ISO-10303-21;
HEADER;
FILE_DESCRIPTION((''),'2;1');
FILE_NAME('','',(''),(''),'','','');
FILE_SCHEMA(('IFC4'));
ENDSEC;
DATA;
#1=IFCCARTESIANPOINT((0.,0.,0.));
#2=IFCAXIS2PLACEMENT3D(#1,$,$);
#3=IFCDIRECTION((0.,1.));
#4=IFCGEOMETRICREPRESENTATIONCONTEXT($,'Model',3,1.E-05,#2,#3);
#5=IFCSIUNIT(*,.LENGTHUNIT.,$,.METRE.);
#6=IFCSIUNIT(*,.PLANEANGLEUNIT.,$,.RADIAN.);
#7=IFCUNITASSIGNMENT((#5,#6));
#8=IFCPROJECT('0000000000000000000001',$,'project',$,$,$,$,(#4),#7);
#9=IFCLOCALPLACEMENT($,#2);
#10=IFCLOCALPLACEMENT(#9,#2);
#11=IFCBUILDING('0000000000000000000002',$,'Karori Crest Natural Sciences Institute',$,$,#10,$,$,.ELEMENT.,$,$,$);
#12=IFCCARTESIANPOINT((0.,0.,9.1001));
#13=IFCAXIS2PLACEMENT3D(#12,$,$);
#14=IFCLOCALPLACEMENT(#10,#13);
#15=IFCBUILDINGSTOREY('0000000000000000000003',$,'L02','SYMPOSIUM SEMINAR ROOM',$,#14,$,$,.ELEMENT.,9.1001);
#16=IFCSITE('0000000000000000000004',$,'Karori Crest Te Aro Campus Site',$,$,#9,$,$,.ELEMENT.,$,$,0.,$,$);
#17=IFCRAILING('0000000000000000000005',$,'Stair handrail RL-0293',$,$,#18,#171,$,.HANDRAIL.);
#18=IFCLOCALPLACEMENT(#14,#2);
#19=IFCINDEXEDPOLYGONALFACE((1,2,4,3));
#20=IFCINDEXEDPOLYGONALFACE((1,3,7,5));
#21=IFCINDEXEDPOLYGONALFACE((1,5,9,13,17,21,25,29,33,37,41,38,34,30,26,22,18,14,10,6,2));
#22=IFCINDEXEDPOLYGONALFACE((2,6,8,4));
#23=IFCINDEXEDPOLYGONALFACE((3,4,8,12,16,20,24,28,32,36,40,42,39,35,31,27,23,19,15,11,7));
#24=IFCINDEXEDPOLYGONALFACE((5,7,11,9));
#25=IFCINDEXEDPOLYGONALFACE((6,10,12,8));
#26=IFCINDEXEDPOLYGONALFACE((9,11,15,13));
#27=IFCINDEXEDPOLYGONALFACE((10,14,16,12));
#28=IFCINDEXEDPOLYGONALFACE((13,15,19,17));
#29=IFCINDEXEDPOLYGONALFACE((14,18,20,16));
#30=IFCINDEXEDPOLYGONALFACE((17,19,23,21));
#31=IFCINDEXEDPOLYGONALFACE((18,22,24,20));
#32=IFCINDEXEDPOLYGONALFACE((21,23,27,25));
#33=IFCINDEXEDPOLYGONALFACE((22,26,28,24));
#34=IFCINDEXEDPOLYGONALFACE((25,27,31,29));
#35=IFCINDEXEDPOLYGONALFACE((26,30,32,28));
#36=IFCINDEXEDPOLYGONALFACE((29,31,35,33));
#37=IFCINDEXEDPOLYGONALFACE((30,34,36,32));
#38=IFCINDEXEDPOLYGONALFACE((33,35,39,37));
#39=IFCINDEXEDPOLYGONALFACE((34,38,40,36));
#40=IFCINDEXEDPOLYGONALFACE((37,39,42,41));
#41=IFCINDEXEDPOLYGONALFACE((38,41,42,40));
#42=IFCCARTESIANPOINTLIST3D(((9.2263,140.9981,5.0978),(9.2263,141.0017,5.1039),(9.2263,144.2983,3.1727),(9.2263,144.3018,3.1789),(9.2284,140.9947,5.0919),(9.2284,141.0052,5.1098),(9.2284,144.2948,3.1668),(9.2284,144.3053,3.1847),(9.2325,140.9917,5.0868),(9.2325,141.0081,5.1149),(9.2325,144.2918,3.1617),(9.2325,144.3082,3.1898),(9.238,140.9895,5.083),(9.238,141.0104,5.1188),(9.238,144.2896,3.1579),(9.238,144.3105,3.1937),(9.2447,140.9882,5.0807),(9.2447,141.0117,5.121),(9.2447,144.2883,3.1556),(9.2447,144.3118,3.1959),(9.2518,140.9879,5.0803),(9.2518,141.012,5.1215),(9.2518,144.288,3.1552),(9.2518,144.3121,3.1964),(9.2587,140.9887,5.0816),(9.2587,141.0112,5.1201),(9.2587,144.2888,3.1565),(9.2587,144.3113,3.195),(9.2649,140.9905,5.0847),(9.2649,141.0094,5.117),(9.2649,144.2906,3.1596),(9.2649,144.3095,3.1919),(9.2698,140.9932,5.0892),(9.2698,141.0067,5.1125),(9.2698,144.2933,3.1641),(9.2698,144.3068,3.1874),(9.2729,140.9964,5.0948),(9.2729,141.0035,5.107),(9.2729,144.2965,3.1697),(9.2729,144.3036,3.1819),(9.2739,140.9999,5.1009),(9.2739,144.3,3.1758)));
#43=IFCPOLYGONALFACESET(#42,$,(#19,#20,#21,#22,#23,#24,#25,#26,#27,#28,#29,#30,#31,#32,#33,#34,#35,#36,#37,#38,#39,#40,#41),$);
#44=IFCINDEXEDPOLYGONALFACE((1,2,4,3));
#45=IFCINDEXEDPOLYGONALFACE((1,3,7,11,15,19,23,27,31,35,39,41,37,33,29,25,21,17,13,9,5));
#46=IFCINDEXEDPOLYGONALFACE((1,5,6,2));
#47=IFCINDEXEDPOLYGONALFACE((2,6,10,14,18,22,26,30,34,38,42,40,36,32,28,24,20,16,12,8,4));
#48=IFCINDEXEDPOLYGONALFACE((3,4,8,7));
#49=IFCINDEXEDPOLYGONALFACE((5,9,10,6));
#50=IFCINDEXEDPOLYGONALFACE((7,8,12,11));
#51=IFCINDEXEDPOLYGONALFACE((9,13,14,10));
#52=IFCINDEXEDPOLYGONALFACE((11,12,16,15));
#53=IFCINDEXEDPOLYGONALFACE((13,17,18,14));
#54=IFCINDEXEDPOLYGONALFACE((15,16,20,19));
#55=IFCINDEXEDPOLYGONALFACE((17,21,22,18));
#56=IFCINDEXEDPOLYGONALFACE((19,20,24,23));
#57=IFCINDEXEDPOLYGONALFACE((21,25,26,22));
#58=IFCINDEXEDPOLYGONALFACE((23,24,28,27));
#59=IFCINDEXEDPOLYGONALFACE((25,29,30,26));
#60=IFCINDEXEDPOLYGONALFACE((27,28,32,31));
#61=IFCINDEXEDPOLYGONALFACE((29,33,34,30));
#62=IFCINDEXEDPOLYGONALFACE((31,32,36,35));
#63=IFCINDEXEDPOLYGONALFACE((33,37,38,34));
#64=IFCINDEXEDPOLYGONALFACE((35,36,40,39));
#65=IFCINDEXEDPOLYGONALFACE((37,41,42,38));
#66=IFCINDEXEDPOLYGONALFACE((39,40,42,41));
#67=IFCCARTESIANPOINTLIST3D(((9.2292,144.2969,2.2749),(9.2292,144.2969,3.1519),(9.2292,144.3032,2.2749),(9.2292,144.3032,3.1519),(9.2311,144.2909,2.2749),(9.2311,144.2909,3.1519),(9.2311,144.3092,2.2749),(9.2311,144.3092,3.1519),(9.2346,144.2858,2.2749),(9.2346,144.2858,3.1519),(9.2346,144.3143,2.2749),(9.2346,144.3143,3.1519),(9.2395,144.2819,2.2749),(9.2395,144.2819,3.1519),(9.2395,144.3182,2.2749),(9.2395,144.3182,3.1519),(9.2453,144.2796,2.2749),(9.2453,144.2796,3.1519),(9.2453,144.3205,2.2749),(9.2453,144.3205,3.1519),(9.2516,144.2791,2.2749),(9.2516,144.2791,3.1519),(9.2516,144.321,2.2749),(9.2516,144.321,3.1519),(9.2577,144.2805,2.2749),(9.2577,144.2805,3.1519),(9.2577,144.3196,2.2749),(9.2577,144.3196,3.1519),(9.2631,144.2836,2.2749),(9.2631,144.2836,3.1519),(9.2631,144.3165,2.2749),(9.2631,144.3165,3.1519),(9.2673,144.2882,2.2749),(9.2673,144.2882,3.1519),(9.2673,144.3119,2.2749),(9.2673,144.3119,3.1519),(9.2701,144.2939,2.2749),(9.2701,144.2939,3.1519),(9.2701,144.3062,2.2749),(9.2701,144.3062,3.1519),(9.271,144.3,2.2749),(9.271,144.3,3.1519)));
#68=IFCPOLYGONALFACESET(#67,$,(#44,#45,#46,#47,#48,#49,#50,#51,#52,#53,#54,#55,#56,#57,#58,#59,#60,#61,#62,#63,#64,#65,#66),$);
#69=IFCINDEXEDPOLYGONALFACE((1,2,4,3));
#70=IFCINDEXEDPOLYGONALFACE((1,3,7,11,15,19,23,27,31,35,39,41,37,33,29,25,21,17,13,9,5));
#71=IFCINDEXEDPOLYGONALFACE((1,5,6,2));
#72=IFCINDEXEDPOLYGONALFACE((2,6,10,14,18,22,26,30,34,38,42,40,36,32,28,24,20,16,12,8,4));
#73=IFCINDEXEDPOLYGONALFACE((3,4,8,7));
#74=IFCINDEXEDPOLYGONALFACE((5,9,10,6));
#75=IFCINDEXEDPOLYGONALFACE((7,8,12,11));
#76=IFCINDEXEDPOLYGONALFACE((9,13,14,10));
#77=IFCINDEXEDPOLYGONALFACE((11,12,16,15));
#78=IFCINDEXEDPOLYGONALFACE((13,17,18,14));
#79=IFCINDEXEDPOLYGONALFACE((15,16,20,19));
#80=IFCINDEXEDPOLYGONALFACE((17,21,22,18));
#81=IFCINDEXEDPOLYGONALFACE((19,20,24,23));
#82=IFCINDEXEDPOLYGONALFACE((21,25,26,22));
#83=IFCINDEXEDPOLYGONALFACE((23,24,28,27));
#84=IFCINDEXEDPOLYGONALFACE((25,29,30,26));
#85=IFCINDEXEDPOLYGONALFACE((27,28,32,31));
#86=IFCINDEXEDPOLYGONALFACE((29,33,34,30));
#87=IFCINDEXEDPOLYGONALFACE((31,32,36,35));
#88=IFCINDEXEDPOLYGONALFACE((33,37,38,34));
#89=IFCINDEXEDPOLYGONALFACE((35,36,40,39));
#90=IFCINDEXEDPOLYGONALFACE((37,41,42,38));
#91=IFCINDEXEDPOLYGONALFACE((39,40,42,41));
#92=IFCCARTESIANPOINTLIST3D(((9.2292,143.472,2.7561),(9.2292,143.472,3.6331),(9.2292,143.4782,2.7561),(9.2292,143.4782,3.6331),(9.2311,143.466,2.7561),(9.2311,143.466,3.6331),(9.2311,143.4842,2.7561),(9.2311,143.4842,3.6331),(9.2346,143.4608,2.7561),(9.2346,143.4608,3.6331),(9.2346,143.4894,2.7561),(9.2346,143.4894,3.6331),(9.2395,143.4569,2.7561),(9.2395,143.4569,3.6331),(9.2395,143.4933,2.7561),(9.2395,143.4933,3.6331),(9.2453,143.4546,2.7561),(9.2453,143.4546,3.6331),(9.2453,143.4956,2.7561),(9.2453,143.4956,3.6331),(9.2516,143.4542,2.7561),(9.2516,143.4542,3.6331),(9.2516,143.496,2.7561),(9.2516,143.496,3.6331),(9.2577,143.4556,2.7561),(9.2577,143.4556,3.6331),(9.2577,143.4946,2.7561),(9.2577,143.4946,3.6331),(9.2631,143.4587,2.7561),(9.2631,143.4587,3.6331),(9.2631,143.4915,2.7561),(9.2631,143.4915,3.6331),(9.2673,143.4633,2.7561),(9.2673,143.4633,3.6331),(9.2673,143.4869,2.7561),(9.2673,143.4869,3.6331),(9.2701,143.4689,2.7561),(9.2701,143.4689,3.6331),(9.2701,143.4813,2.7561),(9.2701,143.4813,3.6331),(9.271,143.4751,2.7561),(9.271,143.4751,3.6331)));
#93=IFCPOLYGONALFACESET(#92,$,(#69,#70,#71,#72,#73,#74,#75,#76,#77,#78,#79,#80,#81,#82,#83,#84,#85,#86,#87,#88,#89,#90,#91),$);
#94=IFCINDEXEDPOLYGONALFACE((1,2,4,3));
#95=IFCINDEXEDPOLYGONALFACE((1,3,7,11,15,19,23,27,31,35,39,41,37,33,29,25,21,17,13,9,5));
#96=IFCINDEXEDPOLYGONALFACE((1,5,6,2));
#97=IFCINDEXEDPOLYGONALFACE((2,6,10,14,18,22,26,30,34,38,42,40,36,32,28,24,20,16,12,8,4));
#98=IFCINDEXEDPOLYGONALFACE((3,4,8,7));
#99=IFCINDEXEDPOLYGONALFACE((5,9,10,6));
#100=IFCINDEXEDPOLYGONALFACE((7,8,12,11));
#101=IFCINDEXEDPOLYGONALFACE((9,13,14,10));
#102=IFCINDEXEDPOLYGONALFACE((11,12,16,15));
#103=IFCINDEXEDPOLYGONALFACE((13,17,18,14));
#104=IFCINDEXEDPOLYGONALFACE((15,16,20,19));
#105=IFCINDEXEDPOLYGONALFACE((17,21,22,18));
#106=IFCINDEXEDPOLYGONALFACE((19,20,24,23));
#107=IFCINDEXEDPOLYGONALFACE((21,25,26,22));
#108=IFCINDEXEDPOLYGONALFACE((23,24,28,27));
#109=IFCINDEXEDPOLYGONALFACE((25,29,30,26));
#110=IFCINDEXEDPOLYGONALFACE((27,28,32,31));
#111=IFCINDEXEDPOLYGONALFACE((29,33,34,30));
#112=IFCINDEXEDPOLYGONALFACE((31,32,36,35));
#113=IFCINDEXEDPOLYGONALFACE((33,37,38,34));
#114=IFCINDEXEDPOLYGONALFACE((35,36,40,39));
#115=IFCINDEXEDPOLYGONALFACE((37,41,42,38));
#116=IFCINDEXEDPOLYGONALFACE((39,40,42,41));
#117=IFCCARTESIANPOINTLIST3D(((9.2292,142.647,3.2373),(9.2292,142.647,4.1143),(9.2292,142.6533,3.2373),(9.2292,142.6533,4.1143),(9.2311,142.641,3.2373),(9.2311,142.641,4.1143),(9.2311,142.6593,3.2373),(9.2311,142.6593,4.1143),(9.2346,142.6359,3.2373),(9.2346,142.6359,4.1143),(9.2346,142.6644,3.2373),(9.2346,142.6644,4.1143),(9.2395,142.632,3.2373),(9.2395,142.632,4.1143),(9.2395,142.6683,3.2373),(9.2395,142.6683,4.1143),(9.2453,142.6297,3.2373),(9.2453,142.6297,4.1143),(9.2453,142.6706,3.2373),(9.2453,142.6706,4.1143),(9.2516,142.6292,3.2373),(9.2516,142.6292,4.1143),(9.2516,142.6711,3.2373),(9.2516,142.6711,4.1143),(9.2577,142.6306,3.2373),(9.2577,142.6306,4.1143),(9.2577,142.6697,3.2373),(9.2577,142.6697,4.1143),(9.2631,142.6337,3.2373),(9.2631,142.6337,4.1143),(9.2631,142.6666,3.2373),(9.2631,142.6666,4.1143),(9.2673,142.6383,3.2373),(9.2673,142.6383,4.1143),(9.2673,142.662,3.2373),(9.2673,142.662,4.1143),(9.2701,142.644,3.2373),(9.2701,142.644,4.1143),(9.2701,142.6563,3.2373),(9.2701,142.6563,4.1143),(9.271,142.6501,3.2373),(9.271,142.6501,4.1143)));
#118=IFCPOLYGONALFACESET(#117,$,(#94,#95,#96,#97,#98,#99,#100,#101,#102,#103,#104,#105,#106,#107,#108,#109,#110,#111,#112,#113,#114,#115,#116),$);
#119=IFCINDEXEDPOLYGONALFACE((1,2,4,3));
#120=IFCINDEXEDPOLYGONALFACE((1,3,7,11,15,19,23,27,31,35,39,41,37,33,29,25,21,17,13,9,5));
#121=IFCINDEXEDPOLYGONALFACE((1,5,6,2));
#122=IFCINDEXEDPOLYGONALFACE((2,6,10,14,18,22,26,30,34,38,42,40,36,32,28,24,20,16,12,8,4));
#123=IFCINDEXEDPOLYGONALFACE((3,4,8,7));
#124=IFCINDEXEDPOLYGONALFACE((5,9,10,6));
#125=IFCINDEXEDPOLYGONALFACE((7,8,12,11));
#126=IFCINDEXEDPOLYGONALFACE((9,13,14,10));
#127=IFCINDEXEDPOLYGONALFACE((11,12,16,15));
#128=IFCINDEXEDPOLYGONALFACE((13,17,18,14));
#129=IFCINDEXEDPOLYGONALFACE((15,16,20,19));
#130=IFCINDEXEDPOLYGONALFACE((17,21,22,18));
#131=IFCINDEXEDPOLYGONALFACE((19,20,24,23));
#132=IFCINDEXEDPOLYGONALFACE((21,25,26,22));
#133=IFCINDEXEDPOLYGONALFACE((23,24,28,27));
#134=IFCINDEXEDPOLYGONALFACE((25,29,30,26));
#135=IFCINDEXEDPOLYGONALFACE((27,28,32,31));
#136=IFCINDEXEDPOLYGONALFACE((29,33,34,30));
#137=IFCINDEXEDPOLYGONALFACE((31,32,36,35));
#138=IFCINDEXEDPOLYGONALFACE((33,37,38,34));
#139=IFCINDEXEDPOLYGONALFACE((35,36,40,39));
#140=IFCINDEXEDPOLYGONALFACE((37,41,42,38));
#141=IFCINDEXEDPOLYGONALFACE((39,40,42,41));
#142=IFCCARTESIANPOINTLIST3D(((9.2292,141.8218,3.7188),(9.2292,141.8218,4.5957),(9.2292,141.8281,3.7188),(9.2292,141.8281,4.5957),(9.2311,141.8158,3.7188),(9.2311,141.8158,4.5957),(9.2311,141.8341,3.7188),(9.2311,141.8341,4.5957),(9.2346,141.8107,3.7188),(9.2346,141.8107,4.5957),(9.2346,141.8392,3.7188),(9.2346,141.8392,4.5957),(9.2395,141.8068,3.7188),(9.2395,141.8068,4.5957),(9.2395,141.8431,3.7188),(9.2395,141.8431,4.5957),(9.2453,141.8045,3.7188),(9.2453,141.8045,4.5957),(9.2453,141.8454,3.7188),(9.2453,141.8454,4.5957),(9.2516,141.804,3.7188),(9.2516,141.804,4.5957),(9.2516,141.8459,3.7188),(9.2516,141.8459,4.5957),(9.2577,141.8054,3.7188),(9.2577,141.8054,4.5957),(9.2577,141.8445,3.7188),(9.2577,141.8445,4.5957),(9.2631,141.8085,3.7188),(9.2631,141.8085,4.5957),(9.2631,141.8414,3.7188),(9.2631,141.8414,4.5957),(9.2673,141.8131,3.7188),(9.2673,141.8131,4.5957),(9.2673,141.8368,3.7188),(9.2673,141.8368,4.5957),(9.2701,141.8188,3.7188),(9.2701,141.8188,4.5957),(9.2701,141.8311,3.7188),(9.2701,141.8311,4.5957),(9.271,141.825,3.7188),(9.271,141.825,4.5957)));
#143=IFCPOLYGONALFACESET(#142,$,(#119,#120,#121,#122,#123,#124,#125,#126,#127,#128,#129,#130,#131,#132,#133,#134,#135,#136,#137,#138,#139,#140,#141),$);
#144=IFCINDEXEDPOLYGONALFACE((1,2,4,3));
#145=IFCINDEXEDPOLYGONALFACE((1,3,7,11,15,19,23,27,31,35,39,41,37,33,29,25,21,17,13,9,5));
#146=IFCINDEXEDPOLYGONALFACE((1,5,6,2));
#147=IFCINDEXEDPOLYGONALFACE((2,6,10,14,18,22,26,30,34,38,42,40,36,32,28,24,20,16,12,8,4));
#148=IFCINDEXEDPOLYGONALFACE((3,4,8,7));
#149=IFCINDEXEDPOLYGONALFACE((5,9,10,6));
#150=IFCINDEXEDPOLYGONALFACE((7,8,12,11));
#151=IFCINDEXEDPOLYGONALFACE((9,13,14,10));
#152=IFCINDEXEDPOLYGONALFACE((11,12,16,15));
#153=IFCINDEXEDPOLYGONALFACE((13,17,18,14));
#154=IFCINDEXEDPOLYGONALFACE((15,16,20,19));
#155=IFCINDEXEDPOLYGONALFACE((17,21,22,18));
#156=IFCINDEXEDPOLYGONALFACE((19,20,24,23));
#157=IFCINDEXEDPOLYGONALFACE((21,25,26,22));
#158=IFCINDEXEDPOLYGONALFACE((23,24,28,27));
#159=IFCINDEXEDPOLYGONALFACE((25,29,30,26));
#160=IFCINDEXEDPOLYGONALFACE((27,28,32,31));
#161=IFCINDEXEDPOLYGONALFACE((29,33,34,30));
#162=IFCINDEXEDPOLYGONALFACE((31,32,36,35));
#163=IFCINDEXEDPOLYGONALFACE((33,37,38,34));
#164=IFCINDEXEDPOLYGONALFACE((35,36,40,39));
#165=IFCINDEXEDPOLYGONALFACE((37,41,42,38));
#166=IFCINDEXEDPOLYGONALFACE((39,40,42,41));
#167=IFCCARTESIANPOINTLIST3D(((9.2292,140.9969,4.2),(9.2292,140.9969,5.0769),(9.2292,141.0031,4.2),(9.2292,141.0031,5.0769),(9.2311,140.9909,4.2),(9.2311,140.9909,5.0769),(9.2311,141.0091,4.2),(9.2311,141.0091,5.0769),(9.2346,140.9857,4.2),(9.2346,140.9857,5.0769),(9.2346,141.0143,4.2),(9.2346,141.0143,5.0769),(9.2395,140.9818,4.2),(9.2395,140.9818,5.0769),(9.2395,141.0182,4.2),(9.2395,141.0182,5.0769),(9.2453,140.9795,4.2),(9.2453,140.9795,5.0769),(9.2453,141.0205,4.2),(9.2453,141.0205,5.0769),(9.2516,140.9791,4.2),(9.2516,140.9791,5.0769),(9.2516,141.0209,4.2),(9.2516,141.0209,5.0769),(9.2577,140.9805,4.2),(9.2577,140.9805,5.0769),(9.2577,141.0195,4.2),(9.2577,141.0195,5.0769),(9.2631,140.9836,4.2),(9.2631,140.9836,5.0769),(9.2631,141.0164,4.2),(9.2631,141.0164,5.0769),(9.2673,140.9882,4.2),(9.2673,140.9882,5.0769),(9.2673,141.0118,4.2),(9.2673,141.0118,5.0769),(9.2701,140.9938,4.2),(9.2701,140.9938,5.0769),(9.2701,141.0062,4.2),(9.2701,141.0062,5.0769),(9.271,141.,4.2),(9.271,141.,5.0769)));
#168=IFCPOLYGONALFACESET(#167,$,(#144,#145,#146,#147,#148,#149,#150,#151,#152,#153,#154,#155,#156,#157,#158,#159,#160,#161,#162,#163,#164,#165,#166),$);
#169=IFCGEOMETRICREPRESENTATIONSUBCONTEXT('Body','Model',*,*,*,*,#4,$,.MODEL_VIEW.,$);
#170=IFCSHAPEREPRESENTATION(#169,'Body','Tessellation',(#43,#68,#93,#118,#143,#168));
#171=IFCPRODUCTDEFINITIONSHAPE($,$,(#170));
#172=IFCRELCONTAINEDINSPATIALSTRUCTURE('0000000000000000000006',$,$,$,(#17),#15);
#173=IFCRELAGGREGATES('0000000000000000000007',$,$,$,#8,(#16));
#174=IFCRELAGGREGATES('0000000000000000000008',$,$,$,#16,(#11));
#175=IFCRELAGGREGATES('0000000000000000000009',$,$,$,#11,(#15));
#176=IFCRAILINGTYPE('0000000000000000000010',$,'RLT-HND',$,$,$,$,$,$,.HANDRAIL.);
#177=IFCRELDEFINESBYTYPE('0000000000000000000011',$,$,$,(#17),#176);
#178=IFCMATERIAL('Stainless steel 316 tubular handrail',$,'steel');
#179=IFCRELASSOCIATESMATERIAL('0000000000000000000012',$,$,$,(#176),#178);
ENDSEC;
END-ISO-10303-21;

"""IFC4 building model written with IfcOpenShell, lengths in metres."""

from ifc_helpers import new_model, si_unit, direction, frame, origin, origin_2d, place, context, subcontext, project, spatial, circle, extrude, material, type_object, element, save


model = new_model("IFC4")

# Units and contexts
model_context = context("Model", 3, precision=1e-05, world=origin(), true_north=direction((0.0, 1.0)))
body_context = subcontext(model_context, "Body", "Model", "MODEL_VIEW")
ifc_project = project(units=[si_unit("LENGTHUNIT", "METRE"), si_unit("PLANEANGLEUNIT", "RADIAN")], contexts=[model_context])

# Site, building, storey
site_placement = place(None, origin())
site = spatial("IfcSite", under=ifc_project, at=site_placement, Name="Karori Crest Te Aro Campus Site", CompositionType="ELEMENT", RefElevation=0.0)
building_placement = place(site_placement, origin())
building = spatial("IfcBuilding", under=site, at=building_placement, Name="Karori Crest Natural Sciences Institute", CompositionType="ELEMENT")
storey_placement = place(building_placement, frame((0.0, 0.0, 9.1001)))
storey = spatial("IfcBuildingStorey", under=building, at=storey_placement, Name="L02", Description="SYMPOSIUM SEMINAR ROOM", CompositionType="ELEMENT", Elevation=9.1001)

# Railing
ifc_material_1 = material(Name="Stainless steel 316 tubular handrail", Category="steel")
railing_type_1 = type_object("IfcRailingType", Name="RLT-HND", PredefinedType="HANDRAIL", material=ifc_material_1)
railing_1_placement = place(storey_placement, frame((9.25, 144.3, 2.2749)))
element("IfcRailing", 1, at=railing_1_placement, inside=storey, type_object=railing_type_1, Name="Stair handrail RL-0293", PredefinedType="HANDRAIL", context=body_context, shape_type="SweptSolid", body=[
    extrude(circle(Radius=0.0239, at=origin_2d()), frame((0.0, 0.0, 0.9009), z_axis=(0.0, -0.863777, 0.503875), x_axis=(1.0, 0.0, 0.0)), (0.0, 0.0, 1.0), 3.8206),
    extrude(circle(Radius=0.021, at=origin_2d()), origin(), (0.0, 0.0, 1.0), 0.877),
    extrude(circle(Radius=0.021, at=origin_2d()), frame((0.0, -0.825, 0.4812)), (0.0, 0.0, 1.0), 0.877),
    extrude(circle(Radius=0.021, at=origin_2d()), frame((0.0, -1.6499, 0.9624)), (0.0, 0.0, 1.0), 0.877),
    extrude(circle(Radius=0.021, at=origin_2d()), frame((0.0, -2.4751, 1.4438)), (0.0, 0.0, 1.0), 0.877),
    extrude(circle(Radius=0.021, at=origin_2d()), frame((0.0, -3.3, 1.925)), (0.0, 0.0, 1.0), 0.877),
])

save(model, "model.ifc")
